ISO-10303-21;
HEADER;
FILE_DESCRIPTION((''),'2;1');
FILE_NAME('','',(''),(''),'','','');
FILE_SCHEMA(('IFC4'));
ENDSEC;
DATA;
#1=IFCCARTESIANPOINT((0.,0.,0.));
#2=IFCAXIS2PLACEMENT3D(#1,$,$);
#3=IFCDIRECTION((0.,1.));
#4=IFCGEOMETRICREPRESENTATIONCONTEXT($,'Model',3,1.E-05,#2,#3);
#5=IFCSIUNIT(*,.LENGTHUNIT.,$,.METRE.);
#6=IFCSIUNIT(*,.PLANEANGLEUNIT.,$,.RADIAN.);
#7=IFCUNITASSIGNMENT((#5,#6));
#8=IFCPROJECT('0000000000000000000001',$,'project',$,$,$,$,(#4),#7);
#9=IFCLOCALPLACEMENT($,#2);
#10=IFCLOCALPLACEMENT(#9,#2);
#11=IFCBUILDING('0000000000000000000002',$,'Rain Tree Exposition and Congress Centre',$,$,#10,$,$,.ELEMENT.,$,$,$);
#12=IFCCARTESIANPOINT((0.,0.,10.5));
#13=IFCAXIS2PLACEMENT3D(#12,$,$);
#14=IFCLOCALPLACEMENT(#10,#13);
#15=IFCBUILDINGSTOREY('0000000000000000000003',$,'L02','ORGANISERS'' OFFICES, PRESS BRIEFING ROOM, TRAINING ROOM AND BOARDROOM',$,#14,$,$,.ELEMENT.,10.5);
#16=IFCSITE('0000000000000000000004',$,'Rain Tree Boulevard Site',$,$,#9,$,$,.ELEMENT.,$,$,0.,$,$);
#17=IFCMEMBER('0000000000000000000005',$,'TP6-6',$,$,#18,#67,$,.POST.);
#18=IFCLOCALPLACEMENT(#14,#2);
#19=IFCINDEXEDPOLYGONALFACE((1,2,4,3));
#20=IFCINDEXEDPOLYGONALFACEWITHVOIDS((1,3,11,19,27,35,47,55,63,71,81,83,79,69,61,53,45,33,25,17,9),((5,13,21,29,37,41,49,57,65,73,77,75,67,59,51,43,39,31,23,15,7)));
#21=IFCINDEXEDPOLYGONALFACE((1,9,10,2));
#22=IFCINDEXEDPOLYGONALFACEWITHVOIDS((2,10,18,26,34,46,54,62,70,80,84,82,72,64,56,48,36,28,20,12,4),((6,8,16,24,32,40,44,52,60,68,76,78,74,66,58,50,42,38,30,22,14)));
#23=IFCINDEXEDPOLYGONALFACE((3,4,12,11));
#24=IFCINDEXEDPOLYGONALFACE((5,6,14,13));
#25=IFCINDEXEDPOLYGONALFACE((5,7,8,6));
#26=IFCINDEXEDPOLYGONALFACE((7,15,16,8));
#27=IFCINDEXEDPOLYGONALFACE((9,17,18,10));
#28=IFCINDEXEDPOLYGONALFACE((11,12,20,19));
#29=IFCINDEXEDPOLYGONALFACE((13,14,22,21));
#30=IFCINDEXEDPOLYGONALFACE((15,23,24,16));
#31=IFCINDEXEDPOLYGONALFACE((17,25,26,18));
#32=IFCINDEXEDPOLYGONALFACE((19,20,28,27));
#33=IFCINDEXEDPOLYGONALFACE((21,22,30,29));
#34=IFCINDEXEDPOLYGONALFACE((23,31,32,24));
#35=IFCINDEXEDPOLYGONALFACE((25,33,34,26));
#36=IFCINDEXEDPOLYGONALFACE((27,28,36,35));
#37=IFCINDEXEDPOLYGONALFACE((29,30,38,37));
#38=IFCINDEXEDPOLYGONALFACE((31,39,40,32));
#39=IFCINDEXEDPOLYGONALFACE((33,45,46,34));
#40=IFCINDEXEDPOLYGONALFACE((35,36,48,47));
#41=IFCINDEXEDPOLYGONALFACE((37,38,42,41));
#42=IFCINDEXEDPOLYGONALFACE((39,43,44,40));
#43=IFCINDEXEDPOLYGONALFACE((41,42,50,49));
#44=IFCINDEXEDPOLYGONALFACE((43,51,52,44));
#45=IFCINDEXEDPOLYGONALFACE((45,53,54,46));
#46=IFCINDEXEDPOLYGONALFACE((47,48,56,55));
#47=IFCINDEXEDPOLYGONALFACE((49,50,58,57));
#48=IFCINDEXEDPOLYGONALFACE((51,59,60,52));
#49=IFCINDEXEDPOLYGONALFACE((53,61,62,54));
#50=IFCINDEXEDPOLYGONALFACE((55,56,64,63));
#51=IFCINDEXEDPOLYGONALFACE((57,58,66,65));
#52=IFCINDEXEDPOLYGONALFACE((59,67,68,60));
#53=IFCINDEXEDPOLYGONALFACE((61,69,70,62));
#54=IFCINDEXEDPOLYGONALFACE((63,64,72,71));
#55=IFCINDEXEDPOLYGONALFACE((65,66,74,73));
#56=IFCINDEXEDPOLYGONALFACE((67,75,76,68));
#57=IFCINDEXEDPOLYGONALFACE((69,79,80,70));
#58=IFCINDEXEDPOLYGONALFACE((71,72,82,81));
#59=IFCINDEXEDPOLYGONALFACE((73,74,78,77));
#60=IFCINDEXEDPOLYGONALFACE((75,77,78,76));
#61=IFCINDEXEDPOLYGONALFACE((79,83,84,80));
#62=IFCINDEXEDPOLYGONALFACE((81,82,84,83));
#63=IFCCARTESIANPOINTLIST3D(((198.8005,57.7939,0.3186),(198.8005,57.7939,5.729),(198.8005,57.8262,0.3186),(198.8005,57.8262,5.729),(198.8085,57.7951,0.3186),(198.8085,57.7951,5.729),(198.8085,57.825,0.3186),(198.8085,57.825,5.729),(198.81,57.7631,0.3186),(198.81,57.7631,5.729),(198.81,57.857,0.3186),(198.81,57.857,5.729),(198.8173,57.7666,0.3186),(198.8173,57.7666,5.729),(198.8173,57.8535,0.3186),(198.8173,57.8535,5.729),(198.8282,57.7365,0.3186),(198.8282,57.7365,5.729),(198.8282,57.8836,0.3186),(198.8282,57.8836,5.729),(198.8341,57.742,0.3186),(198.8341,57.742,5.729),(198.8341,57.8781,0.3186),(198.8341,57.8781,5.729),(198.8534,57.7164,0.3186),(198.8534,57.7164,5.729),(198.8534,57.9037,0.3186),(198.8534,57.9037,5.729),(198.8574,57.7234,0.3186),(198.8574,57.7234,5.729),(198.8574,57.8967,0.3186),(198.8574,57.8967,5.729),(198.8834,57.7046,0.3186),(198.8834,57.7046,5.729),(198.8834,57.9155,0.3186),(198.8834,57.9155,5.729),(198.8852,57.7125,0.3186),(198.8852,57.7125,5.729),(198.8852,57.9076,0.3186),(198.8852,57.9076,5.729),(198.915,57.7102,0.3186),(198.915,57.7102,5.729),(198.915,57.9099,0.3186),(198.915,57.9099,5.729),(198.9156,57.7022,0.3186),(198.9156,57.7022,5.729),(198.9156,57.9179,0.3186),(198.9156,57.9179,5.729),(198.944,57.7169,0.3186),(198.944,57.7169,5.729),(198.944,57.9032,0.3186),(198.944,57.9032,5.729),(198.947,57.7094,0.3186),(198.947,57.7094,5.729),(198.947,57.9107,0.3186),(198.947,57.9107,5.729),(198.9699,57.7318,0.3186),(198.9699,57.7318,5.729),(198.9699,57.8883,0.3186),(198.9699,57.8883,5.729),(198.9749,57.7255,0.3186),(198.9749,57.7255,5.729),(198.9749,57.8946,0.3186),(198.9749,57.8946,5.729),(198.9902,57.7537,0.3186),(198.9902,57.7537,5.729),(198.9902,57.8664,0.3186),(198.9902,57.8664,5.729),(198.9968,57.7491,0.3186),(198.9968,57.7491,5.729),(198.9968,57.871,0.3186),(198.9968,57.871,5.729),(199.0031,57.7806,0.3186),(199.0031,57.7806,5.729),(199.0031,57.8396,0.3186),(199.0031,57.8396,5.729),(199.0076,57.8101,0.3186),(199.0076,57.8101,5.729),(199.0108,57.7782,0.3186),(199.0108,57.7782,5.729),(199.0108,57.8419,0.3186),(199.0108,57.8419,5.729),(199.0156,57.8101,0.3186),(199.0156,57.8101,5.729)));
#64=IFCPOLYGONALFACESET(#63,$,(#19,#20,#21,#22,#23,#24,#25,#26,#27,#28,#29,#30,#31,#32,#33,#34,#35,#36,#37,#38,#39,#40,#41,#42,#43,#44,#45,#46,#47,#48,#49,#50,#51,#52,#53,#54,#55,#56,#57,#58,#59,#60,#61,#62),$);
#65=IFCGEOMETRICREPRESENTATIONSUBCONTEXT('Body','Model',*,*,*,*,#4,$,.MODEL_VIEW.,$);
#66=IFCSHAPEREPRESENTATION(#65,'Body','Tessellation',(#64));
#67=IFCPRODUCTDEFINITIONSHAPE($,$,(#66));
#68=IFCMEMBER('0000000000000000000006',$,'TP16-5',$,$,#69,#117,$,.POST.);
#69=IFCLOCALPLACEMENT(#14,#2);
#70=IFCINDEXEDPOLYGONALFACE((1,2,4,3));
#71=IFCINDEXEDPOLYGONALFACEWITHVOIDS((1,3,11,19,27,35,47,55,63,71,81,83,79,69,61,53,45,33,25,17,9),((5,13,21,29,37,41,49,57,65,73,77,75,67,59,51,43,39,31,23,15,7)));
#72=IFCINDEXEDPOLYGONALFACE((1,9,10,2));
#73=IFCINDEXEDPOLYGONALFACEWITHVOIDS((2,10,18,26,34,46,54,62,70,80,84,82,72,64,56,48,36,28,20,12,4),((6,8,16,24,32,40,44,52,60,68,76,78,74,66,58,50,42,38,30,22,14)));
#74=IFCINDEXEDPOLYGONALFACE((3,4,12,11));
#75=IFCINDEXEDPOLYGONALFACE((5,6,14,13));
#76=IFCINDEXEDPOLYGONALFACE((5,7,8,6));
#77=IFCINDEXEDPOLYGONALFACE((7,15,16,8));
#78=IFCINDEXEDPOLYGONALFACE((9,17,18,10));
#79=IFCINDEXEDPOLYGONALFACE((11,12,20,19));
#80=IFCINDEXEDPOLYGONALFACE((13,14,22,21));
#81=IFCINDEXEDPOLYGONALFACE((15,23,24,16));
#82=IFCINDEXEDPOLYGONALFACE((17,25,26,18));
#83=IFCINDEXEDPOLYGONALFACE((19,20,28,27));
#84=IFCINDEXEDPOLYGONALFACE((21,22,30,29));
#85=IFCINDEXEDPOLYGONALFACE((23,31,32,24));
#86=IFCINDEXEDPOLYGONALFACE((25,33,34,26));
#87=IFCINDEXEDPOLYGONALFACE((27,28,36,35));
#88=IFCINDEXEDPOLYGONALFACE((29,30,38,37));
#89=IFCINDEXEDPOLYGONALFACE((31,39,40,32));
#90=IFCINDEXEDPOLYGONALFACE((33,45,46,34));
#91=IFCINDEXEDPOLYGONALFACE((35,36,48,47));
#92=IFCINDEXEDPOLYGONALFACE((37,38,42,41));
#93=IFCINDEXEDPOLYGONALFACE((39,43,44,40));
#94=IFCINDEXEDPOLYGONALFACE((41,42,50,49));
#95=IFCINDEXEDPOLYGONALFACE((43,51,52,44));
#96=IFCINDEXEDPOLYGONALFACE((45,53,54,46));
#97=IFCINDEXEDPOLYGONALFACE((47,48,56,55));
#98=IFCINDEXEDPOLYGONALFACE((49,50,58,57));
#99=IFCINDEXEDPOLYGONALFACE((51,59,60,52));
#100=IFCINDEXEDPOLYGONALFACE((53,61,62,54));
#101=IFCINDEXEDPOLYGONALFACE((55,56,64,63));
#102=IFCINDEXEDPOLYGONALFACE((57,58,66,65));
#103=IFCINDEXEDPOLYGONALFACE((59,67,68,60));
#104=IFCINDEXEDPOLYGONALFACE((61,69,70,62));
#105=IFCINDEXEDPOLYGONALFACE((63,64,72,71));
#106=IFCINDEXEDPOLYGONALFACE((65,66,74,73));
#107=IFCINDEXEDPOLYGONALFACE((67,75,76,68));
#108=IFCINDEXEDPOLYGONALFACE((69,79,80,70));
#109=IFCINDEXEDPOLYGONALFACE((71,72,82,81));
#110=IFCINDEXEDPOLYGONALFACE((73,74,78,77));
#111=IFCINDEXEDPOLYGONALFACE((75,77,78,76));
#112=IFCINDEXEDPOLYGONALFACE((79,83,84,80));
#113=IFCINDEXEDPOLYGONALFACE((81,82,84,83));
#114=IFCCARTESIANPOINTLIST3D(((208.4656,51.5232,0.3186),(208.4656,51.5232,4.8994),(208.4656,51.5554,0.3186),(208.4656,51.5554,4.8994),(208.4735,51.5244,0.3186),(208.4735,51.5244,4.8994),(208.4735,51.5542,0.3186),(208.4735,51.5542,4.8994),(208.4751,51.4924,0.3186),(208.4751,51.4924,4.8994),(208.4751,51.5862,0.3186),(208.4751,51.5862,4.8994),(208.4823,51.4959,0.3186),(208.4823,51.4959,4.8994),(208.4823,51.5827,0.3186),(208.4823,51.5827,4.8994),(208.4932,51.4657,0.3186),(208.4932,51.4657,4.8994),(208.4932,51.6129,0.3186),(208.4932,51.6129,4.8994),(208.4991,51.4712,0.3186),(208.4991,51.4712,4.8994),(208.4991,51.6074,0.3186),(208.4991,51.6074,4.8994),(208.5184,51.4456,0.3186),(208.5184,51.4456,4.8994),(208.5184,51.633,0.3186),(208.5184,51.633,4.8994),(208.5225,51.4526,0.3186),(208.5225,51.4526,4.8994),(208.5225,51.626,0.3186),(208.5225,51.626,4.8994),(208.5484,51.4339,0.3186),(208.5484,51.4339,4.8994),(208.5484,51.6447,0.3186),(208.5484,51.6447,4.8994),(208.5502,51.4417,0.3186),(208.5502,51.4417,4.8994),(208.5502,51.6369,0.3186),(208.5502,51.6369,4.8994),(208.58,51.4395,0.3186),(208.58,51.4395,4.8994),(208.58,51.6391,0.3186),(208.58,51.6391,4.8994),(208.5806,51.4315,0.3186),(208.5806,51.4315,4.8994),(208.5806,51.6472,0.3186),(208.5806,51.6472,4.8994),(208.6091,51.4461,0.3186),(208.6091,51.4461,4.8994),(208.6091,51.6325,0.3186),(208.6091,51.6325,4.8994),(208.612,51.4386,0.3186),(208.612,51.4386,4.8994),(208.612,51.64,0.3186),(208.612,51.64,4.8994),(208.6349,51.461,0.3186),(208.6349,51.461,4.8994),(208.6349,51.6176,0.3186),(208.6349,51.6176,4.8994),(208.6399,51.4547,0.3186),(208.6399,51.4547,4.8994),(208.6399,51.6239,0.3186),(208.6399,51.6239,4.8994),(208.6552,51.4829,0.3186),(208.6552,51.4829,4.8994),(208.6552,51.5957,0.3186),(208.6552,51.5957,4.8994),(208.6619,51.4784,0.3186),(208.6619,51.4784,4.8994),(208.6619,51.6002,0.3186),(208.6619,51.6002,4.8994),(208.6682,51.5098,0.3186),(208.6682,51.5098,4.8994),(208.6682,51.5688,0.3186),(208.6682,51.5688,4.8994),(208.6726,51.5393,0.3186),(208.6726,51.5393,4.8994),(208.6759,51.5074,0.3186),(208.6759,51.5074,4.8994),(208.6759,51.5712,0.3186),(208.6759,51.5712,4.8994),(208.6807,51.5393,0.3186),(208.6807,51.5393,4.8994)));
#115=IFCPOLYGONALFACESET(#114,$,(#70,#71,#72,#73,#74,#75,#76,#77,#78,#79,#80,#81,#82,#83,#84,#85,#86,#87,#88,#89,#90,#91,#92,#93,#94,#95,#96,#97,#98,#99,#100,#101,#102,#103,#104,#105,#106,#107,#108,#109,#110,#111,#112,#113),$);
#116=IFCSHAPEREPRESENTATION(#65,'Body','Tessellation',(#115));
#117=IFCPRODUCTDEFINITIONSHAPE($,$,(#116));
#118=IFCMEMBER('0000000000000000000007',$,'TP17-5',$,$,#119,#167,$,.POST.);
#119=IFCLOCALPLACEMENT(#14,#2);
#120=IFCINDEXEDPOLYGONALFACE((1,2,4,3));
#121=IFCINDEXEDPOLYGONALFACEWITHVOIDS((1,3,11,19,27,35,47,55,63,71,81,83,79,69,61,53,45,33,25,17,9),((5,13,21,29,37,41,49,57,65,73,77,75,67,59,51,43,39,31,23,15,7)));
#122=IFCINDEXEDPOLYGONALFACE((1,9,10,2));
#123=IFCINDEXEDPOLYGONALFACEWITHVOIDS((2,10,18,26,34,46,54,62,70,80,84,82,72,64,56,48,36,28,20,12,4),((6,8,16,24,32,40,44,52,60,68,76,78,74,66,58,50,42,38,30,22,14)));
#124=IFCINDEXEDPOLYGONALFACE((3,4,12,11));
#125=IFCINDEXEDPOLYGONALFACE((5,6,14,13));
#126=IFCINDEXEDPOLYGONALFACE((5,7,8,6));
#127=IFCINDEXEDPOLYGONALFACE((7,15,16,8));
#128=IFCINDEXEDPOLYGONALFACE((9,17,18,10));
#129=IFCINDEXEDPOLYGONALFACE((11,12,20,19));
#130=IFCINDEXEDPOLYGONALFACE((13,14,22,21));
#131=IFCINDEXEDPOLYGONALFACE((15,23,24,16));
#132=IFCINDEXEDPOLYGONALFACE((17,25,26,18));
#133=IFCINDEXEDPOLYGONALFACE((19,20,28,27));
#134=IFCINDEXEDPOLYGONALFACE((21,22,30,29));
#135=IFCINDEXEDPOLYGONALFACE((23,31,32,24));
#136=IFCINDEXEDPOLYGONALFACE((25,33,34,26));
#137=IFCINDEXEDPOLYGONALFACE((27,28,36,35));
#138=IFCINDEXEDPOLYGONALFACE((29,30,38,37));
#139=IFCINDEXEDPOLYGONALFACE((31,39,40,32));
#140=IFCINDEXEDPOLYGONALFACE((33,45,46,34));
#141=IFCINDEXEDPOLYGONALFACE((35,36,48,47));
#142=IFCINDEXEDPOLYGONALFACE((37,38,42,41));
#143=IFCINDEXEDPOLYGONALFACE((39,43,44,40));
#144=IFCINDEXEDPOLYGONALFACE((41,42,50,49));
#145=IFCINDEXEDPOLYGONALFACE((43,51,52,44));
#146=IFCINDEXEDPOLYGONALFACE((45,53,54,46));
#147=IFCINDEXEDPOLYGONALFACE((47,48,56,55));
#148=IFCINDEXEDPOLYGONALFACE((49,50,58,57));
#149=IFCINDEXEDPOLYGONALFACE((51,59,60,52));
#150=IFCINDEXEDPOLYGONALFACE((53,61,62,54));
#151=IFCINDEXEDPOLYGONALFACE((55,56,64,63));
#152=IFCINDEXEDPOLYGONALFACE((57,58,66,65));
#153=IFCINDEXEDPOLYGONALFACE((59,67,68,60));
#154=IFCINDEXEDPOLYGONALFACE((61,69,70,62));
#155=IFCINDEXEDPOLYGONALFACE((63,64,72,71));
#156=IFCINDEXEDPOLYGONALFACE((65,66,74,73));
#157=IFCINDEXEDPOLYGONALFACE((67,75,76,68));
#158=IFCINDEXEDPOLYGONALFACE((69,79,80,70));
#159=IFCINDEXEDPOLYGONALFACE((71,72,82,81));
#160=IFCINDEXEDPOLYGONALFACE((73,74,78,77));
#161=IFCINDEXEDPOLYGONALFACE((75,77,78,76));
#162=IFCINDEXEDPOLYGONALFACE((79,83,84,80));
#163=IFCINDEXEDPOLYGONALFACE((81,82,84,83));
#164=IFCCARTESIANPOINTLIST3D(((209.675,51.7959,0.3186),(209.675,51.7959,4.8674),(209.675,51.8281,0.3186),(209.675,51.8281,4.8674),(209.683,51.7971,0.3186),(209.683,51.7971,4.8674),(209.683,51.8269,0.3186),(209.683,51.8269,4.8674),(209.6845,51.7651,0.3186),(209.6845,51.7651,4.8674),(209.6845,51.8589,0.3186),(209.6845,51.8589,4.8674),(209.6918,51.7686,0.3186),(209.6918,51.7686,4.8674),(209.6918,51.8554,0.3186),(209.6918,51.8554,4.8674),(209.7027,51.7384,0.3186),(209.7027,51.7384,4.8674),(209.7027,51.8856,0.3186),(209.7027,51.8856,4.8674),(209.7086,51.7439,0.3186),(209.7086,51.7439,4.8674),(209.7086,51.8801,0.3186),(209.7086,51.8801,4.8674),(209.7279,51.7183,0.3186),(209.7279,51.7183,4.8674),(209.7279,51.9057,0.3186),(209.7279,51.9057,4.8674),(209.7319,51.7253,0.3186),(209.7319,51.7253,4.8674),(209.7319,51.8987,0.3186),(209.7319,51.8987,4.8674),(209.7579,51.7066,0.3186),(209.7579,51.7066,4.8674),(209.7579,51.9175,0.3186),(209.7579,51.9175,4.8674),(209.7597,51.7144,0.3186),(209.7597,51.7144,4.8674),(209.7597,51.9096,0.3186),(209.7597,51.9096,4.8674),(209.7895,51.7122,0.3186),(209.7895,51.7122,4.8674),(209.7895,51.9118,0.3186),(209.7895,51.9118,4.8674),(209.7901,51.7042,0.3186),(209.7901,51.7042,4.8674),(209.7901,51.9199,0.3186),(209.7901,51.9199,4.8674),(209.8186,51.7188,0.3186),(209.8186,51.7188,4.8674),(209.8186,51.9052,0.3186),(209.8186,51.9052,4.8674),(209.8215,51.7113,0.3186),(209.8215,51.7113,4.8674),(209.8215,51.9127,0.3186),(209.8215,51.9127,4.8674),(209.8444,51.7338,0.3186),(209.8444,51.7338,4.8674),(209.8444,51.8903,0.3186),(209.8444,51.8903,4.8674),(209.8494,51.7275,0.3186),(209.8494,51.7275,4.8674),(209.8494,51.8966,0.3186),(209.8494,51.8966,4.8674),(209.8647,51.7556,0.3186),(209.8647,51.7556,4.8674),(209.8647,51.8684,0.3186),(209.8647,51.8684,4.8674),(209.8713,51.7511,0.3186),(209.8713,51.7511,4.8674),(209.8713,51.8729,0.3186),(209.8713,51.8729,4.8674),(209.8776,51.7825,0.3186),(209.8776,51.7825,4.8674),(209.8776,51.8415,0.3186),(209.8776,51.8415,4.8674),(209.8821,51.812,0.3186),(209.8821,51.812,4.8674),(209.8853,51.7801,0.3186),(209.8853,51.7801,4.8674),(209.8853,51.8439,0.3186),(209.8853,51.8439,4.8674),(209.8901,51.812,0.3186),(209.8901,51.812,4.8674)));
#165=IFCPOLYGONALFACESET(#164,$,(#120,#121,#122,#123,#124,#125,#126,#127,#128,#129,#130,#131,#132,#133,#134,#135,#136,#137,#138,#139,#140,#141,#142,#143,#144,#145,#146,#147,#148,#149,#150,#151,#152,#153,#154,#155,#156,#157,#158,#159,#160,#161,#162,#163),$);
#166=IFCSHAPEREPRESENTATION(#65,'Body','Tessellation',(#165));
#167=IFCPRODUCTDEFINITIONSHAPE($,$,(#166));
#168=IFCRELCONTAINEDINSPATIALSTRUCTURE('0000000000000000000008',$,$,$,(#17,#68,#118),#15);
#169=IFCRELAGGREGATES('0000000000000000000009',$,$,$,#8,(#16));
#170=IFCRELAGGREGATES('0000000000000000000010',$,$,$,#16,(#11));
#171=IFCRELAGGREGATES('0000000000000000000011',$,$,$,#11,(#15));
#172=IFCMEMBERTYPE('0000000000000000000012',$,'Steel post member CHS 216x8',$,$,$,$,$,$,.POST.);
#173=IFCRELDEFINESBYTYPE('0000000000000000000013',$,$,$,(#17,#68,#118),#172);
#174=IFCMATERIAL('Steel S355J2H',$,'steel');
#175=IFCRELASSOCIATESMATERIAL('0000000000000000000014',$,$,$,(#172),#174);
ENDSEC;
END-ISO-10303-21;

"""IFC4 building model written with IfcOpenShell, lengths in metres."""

from ifc_helpers import new_model, si_unit, direction, frame, origin, origin_2d, place, context, subcontext, project, spatial, hollow_circle, extrude, material, material_profile, profile_set, type_object, element, save


model = new_model("IFC4")

# Units and contexts
model_context = context("Model", 3, precision=1e-05, world=origin(), true_north=direction((0.0, 1.0)))
body_context = subcontext(model_context, "Body", "Model", "MODEL_VIEW")
ifc_project = project(units=[si_unit("LENGTHUNIT", "METRE"), si_unit("PLANEANGLEUNIT", "RADIAN")], contexts=[model_context])

# Site, building, storey
site_placement = place(None, origin())
site = spatial("IfcSite", under=ifc_project, at=site_placement, Name="Rain Tree Boulevard Site", CompositionType="ELEMENT", RefElevation=0.0)
building_placement = place(site_placement, origin())
building = spatial("IfcBuilding", under=site, at=building_placement, Name="Rain Tree Exposition and Congress Centre", CompositionType="ELEMENT")
storey_placement = place(building_placement, frame((0.0, 0.0, 10.5)))
storey = spatial("IfcBuildingStorey", under=building, at=storey_placement, Name="L02", Description="ORGANISERS' OFFICES, PRESS BRIEFING ROOM, TRAINING ROOM AND BOARDROOM", CompositionType="ELEMENT", Elevation=10.5)

# Members
ifc_material_1 = material(Name="Steel S355J2H", Category="steel")
ifc_material_profile_1 = material_profile(ifc_material_1, hollow_circle(Radius=0.1082, WallThickness=0.0081, at=origin_2d()), Name="CHS 216x8")
ifc_profile_set_1 = profile_set([ifc_material_profile_1], Name="Steel S355J2H")
member_type_1 = type_object("IfcMemberType", Name="Steel post member CHS 216x8", PredefinedType="POST", material=ifc_profile_set_1)
member_1_placement = place(storey_placement, frame((198.9075, 57.8101, 0.3186), z_axis=(0.0, 0.0, 1.0), x_axis=(1.0, 0.0, 0.0)))
element("IfcMember", 1, at=member_1_placement, inside=storey, type_object=member_type_1, Name="TP6-6", PredefinedType="POST", context=body_context, shape_type="SweptSolid", body=[
    extrude(hollow_circle(Radius=0.1082, WallThickness=0.0081, at=origin_2d()), origin(), (0.0, 0.0, 1.0), 5.4104),
])
member_2_placement = place(storey_placement, frame((208.5725, 51.5393, 0.3186), z_axis=(0.0, 0.0, 1.0), x_axis=(1.0, 0.0, 0.0)))
element("IfcMember", 2, at=member_2_placement, inside=storey, type_object=member_type_1, Name="TP16-5", PredefinedType="POST", context=body_context, shape_type="SweptSolid", body=[
    extrude(hollow_circle(Radius=0.1082, WallThickness=0.0081, at=origin_2d()), origin(), (0.0, 0.0, 1.0), 4.5808),
])
member_3_placement = place(storey_placement, frame((209.782, 51.812, 0.3186), z_axis=(0.0, 0.0, 1.0), x_axis=(1.0, 0.0, 0.0)))
element("IfcMember", 3, at=member_3_placement, inside=storey, type_object=member_type_1, Name="TP17-5", PredefinedType="POST", context=body_context, shape_type="SweptSolid", body=[
    extrude(hollow_circle(Radius=0.1082, WallThickness=0.0081, at=origin_2d()), origin(), (0.0, 0.0, 1.0), 4.5488),
])

save(model, "model.ifc")
